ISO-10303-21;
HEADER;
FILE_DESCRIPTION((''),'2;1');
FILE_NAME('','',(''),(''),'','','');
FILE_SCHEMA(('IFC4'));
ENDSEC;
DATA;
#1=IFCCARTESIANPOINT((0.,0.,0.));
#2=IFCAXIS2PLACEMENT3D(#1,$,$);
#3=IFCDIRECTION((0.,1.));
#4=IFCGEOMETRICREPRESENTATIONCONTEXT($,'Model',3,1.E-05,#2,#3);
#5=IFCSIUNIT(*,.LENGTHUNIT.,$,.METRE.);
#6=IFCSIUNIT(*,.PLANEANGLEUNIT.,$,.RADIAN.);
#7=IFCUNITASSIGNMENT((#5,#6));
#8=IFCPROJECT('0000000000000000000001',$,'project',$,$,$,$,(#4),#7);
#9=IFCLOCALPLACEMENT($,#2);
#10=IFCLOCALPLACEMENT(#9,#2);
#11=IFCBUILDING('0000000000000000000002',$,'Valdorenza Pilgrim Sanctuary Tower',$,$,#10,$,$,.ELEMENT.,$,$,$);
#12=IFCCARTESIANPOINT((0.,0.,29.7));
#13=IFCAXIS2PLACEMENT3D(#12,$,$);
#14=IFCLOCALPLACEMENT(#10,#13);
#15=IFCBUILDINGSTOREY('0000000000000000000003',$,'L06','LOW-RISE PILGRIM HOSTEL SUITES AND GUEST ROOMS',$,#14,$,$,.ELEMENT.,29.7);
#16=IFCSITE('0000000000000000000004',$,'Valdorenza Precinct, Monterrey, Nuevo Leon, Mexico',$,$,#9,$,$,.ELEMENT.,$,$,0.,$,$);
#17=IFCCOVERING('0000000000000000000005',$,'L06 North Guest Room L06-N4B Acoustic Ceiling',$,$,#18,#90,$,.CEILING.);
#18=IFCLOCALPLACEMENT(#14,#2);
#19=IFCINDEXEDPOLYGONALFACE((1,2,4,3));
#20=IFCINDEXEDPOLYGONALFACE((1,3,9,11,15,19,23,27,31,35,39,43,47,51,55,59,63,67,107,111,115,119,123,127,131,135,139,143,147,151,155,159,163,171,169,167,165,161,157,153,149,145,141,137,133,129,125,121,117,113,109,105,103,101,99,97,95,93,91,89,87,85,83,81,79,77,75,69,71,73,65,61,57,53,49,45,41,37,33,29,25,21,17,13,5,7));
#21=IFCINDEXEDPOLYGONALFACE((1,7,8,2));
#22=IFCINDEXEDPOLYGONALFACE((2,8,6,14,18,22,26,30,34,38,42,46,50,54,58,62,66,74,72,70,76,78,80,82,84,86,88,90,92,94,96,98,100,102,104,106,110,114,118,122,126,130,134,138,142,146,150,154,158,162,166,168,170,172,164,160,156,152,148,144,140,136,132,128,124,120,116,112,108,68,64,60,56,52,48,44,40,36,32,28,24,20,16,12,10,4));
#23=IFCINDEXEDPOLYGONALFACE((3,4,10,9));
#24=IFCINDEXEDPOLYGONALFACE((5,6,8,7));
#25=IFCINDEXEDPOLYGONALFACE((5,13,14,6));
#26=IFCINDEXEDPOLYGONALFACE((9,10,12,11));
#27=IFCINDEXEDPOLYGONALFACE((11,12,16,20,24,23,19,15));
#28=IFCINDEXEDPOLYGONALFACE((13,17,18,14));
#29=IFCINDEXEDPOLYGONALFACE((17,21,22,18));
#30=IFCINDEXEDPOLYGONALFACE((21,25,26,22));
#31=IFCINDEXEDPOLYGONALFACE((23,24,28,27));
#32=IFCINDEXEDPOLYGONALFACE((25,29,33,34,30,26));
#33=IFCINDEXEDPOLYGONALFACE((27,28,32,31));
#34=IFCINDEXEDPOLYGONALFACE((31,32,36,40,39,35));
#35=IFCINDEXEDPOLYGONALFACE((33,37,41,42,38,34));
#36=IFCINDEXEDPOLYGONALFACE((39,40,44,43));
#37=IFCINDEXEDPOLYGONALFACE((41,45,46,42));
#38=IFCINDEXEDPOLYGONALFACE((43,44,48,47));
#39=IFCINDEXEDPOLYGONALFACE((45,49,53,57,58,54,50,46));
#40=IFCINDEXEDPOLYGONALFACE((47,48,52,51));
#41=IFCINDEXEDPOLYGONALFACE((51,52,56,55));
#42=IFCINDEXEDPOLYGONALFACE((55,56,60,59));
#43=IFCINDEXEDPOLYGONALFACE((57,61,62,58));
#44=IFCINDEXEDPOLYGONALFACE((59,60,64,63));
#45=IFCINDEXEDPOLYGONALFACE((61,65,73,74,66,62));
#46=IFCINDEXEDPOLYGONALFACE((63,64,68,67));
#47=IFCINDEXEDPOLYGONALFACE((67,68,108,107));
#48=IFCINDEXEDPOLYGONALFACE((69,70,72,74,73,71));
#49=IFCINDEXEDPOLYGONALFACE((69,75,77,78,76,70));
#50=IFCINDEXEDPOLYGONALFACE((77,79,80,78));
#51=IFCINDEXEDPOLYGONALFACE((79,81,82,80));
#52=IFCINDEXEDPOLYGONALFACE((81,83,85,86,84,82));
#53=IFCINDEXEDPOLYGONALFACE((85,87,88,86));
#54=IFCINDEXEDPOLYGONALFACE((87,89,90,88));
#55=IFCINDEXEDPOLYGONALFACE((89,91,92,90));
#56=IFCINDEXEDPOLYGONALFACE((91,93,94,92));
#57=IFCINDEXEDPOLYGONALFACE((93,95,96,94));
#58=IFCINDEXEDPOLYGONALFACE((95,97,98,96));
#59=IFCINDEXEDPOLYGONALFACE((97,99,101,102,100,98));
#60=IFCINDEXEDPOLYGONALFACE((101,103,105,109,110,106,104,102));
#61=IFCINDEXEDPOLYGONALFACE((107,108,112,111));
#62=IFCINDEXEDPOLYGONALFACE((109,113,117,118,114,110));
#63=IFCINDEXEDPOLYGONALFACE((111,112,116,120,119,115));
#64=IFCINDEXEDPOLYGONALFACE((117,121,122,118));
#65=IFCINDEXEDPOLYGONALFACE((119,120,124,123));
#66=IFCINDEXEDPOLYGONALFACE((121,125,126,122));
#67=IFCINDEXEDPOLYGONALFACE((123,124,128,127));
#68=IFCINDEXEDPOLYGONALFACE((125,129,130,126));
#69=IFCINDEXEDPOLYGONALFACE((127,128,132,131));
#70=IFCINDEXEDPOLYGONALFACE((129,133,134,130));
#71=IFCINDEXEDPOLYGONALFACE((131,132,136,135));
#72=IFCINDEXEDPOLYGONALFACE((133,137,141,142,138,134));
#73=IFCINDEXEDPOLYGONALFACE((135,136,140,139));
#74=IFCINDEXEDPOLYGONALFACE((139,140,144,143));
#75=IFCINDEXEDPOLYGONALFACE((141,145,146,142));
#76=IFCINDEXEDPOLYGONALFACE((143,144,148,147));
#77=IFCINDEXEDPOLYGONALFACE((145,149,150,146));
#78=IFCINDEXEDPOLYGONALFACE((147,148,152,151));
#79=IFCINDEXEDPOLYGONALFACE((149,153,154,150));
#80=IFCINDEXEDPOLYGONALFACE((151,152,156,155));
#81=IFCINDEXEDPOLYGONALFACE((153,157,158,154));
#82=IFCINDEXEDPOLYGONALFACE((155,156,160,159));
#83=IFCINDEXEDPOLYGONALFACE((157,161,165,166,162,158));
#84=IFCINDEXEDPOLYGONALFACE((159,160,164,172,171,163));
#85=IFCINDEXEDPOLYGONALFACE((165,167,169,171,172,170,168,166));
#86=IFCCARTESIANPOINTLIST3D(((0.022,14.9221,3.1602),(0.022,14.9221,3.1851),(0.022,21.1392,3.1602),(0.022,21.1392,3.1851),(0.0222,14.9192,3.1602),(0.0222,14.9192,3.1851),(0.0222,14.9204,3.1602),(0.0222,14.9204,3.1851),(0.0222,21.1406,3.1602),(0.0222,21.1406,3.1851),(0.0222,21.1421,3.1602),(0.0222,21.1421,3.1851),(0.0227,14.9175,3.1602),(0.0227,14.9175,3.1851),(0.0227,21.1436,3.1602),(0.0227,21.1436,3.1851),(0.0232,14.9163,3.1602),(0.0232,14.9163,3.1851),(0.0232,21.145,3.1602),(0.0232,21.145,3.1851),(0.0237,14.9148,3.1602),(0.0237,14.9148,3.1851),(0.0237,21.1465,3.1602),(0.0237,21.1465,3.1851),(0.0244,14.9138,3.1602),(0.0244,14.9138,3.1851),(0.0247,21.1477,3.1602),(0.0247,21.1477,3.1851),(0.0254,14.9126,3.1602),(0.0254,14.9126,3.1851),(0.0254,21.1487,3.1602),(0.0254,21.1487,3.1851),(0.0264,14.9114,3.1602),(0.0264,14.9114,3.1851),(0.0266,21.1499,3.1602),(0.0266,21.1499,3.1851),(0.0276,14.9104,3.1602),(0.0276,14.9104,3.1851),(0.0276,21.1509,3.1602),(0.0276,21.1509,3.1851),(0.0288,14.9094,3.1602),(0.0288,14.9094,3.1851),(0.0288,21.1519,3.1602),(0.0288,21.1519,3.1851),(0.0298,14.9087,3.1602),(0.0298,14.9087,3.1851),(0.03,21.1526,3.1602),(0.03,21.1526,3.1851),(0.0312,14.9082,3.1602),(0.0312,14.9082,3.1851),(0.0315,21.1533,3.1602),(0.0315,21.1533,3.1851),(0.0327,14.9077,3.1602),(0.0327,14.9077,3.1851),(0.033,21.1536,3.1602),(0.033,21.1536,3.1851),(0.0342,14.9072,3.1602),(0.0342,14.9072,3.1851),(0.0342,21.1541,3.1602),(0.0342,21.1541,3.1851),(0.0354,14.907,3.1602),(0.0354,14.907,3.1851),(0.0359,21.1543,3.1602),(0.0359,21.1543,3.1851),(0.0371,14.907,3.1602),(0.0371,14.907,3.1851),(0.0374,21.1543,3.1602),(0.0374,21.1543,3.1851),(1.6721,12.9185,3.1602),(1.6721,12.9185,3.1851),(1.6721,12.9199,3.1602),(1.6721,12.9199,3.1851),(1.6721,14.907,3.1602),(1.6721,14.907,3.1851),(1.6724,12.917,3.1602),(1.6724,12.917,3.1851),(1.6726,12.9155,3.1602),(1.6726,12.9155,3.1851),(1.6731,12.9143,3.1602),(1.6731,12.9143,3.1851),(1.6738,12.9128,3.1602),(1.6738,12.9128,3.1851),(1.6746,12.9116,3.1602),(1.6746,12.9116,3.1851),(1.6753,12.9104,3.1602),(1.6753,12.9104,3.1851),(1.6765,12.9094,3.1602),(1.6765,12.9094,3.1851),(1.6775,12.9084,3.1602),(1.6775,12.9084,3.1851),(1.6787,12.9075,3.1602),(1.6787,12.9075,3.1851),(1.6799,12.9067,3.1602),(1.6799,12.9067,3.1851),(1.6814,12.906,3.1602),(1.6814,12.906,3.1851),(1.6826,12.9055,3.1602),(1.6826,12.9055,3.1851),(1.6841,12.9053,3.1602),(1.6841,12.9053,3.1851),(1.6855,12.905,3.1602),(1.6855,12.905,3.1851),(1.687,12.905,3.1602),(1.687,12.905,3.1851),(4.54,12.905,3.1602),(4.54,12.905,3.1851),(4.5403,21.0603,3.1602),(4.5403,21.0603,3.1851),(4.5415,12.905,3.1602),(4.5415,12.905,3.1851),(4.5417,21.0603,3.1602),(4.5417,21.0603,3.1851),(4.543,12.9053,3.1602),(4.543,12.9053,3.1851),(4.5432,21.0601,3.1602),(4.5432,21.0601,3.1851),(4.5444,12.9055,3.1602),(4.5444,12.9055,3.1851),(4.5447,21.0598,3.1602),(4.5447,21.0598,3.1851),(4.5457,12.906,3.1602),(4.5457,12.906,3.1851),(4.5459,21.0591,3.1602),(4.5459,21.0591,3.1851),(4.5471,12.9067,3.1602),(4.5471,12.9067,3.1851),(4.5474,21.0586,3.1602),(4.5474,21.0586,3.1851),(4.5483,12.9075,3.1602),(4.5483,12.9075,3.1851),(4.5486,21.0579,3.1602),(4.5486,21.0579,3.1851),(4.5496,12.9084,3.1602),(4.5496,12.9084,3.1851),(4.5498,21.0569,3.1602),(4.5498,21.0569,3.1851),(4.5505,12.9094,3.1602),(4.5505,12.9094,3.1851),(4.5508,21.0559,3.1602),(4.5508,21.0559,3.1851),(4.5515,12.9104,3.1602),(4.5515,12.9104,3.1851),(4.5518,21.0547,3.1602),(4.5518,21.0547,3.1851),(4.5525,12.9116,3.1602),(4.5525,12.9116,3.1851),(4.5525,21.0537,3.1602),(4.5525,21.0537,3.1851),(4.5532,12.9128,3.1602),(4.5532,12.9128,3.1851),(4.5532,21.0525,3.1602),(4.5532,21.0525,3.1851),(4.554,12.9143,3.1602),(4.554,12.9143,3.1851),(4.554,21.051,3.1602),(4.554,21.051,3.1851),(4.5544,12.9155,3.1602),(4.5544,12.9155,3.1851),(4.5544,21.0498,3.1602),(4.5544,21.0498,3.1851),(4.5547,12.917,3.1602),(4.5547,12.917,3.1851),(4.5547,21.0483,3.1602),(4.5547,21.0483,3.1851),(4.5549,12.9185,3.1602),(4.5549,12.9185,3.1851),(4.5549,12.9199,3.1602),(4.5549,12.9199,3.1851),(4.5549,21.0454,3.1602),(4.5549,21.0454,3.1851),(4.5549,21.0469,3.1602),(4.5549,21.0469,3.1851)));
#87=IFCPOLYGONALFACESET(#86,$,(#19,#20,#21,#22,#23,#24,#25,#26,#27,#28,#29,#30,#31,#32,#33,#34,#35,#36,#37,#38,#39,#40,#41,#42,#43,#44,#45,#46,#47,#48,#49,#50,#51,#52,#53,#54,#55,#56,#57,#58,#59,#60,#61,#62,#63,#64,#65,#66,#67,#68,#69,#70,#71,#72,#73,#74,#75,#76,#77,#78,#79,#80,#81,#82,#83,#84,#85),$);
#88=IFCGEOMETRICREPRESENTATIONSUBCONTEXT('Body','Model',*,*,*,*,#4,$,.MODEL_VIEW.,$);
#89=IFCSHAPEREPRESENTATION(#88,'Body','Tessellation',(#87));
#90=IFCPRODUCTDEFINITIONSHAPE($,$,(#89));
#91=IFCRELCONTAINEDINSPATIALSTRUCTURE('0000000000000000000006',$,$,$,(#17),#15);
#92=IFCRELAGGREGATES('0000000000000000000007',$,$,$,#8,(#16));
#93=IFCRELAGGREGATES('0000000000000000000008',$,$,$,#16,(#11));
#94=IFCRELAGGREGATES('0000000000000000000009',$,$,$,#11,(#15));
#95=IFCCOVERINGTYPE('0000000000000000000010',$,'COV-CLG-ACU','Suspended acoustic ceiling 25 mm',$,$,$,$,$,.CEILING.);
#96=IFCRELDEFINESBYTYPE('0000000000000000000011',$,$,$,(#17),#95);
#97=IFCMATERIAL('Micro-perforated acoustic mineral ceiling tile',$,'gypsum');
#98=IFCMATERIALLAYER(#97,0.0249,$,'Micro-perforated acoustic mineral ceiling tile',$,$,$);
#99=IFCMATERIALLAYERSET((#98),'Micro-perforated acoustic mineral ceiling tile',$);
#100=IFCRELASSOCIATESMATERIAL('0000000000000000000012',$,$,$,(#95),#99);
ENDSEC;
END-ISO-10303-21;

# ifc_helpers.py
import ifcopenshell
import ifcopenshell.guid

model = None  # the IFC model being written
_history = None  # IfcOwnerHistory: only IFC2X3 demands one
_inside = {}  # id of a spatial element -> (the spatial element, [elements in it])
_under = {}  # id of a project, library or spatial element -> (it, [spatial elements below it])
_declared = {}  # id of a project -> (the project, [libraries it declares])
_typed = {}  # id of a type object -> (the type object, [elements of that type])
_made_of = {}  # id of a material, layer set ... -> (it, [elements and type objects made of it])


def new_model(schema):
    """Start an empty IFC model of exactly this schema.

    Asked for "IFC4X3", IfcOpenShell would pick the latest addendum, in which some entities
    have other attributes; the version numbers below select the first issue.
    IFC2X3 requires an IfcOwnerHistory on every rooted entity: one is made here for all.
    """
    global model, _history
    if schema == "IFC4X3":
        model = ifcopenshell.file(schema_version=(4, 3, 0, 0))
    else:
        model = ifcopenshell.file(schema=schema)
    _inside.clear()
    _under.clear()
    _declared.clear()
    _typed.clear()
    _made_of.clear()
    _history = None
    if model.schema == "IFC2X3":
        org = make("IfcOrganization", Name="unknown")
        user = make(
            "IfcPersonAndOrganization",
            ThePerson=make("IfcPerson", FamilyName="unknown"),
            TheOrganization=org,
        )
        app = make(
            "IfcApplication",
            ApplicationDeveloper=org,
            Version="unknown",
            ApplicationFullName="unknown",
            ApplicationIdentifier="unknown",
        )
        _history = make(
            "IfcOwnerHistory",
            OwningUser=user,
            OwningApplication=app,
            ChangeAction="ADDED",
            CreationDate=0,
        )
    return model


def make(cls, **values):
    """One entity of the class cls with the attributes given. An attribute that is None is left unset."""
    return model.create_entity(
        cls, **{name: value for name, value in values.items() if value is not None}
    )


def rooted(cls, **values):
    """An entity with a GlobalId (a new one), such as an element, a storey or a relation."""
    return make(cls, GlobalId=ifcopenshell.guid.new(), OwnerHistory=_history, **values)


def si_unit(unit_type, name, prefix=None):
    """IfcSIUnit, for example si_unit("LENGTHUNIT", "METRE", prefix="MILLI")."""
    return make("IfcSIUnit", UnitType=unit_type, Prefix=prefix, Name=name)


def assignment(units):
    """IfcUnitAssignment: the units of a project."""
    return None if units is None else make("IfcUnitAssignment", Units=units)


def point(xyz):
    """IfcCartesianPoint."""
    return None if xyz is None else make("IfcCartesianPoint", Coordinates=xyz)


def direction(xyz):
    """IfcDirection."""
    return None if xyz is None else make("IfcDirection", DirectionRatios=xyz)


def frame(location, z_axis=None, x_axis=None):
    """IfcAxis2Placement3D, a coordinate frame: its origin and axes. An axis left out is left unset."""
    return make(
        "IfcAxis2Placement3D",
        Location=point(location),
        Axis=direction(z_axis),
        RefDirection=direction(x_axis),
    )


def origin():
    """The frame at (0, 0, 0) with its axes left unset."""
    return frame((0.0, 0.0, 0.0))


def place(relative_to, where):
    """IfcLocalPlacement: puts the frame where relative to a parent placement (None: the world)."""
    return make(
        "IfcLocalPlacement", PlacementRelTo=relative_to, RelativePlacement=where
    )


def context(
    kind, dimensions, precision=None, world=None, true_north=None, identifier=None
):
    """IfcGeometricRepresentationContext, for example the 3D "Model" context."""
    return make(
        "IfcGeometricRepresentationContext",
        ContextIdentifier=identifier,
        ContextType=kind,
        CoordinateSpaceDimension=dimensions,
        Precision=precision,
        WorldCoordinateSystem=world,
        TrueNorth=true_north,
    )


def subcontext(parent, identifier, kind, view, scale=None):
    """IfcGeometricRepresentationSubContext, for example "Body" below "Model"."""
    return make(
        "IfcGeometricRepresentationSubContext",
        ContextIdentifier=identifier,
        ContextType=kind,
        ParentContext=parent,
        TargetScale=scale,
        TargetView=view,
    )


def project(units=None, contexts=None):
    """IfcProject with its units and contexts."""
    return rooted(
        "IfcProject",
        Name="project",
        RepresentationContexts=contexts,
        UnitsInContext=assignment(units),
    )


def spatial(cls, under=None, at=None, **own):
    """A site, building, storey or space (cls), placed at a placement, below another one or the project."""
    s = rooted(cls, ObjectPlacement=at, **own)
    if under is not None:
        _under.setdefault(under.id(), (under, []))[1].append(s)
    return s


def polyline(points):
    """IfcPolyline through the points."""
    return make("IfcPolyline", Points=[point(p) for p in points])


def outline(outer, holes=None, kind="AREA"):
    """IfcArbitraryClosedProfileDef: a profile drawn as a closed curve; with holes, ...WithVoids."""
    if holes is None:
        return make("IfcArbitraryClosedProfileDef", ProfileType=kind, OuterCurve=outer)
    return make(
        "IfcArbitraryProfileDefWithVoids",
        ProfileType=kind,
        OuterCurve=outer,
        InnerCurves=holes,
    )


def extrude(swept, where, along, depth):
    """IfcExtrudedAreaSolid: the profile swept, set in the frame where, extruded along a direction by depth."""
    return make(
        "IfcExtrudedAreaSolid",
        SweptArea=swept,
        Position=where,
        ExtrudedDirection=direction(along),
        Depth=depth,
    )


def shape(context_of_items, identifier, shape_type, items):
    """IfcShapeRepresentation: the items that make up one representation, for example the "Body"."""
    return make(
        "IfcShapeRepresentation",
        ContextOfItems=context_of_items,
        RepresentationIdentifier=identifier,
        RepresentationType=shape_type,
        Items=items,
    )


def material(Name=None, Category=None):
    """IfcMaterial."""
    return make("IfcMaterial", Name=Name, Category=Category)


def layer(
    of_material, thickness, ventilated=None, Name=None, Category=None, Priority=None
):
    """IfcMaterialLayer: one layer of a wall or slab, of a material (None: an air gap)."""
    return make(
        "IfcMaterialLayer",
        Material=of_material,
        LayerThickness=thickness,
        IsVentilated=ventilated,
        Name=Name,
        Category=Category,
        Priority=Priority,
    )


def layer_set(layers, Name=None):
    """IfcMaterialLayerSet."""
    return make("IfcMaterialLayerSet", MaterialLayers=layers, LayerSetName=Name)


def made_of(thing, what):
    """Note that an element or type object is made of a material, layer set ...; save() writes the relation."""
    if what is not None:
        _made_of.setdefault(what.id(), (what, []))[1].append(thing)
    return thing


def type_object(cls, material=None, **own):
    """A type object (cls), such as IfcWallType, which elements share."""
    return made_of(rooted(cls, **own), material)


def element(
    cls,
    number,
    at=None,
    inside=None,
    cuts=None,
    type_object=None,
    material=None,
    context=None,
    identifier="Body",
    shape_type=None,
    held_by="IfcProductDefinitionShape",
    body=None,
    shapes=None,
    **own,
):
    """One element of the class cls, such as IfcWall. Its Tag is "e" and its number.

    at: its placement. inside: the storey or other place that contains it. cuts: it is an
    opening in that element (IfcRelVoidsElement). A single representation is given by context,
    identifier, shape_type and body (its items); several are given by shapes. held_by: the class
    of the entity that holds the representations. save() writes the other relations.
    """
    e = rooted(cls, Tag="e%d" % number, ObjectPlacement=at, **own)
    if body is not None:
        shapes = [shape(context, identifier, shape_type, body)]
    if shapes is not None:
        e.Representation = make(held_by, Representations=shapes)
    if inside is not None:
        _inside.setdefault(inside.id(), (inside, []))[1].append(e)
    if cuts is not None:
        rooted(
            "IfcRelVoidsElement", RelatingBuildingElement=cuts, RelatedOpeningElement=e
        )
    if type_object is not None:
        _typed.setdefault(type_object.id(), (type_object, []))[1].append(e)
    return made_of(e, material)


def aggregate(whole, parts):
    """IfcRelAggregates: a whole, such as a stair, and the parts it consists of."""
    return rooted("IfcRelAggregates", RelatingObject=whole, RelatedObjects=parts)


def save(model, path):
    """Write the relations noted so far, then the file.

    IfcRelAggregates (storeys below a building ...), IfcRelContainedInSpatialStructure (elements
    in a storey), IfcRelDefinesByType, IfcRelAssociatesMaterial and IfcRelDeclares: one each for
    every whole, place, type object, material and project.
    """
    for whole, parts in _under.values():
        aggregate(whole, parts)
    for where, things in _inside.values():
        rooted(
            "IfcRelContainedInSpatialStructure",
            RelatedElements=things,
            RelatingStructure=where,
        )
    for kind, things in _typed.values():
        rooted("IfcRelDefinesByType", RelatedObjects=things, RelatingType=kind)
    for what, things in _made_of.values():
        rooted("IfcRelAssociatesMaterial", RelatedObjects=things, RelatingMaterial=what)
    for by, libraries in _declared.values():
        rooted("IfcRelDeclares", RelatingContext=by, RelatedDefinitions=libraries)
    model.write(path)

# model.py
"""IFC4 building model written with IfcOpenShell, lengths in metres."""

from ifc_helpers import new_model, si_unit, direction, frame, origin, place, context, subcontext, project, spatial, polyline, outline, extrude, material, layer, layer_set, type_object, element, save


model = new_model("IFC4")

# Units and contexts
model_context = context("Model", 3, precision=1e-05, world=origin(), true_north=direction((0.0, 1.0)))
body_context = subcontext(model_context, "Body", "Model", "MODEL_VIEW")
ifc_project = project(units=[si_unit("LENGTHUNIT", "METRE"), si_unit("PLANEANGLEUNIT", "RADIAN")], contexts=[model_context])

# Site, building, storey
site_placement = place(None, origin())
site = spatial("IfcSite", under=ifc_project, at=site_placement, Name="Valdorenza Precinct, Monterrey, Nuevo Leon, Mexico", CompositionType="ELEMENT", RefElevation=0.0)
building_placement = place(site_placement, origin())
building = spatial("IfcBuilding", under=site, at=building_placement, Name="Valdorenza Pilgrim Sanctuary Tower", CompositionType="ELEMENT")
storey_placement = place(building_placement, frame((0.0, 0.0, 29.7)))
storey = spatial("IfcBuildingStorey", under=building, at=storey_placement, Name="L06", Description="LOW-RISE PILGRIM HOSTEL SUITES AND GUEST ROOMS", CompositionType="ELEMENT", Elevation=29.7)

# Covering
ifc_material_1 = material(Name="Micro-perforated acoustic mineral ceiling tile", Category="gypsum")
ifc_layer_1 = layer(ifc_material_1, 0.0249, Name="Micro-perforated acoustic mineral ceiling tile")
ifc_layer_set_1 = layer_set([ifc_layer_1], Name="Micro-perforated acoustic mineral ceiling tile")
covering_type_1 = type_object("IfcCoveringType", Name="COV-CLG-ACU", Description="Suspended acoustic ceiling 25 mm", PredefinedType="CEILING", material=ifc_layer_set_1)
covering_1_placement = place(storey_placement, frame((0.0, 0.0, 3.1602)))
element("IfcCovering", 1, at=covering_1_placement, inside=storey, type_object=covering_type_1, Name="L06 North Guest Room L06-N4B Acoustic Ceiling", PredefinedType="CEILING", context=body_context, shape_type="SweptSolid", body=[
    extrude(outline(polyline([(1.6721, 14.907), (0.0371, 14.907), (0.0354, 14.907), (0.0342, 14.9072), (0.0327, 14.9077), (0.0312, 14.9082), (0.0298, 14.9087), (0.0288, 14.9094), (0.0276, 14.9104), (0.0264, 14.9114), (0.0254, 14.9126), (0.0244, 14.9138), (0.0237, 14.9148), (0.0232, 14.9163), (0.0227, 14.9175), (0.0222, 14.9192), (0.0222, 14.9204), (0.022, 14.9221), (0.022, 21.1392), (0.0222, 21.1406), (0.0222, 21.1421), (0.0227, 21.1436), (0.0232, 21.145), (0.0237, 21.1465), (0.0247, 21.1477), (0.0254, 21.1487), (0.0266, 21.1499), (0.0276, 21.1509), (0.0288, 21.1519), (0.03, 21.1526), (0.0315, 21.1533), (0.033, 21.1536), (0.0342, 21.1541), (0.0359, 21.1543), (0.0374, 21.1543), (4.5403, 21.0603), (4.5417, 21.0603), (4.5432, 21.0601), (4.5447, 21.0598), (4.5459, 21.0591), (4.5474, 21.0586), (4.5486, 21.0579), (4.5498, 21.0569), (4.5508, 21.0559), (4.5518, 21.0547), (4.5525, 21.0537), (4.5532, 21.0525), (4.554, 21.051), (4.5544, 21.0498), (4.5547, 21.0483), (4.5549, 21.0469), (4.5549, 21.0454), (4.5549, 12.9199), (4.5549, 12.9185), (4.5547, 12.917), (4.5544, 12.9155), (4.554, 12.9143), (4.5532, 12.9128), (4.5525, 12.9116), (4.5515, 12.9104), (4.5505, 12.9094), (4.5496, 12.9084), (4.5483, 12.9075), (4.5471, 12.9067), (4.5457, 12.906), (4.5444, 12.9055), (4.543, 12.9053), (4.5415, 12.905), (4.54, 12.905), (1.687, 12.905), (1.6855, 12.905), (1.6841, 12.9053), (1.6826, 12.9055), (1.6814, 12.906), (1.6799, 12.9067), (1.6787, 12.9075), (1.6775, 12.9084), (1.6765, 12.9094), (1.6753, 12.9104), (1.6746, 12.9116), (1.6738, 12.9128), (1.6731, 12.9143), (1.6726, 12.9155), (1.6724, 12.917), (1.6721, 12.9185), (1.6721, 12.9199), (1.6721, 14.907)])), origin(), (0.0, 0.0, 1.0), 0.0249),
])

save(model, "model.ifc")
